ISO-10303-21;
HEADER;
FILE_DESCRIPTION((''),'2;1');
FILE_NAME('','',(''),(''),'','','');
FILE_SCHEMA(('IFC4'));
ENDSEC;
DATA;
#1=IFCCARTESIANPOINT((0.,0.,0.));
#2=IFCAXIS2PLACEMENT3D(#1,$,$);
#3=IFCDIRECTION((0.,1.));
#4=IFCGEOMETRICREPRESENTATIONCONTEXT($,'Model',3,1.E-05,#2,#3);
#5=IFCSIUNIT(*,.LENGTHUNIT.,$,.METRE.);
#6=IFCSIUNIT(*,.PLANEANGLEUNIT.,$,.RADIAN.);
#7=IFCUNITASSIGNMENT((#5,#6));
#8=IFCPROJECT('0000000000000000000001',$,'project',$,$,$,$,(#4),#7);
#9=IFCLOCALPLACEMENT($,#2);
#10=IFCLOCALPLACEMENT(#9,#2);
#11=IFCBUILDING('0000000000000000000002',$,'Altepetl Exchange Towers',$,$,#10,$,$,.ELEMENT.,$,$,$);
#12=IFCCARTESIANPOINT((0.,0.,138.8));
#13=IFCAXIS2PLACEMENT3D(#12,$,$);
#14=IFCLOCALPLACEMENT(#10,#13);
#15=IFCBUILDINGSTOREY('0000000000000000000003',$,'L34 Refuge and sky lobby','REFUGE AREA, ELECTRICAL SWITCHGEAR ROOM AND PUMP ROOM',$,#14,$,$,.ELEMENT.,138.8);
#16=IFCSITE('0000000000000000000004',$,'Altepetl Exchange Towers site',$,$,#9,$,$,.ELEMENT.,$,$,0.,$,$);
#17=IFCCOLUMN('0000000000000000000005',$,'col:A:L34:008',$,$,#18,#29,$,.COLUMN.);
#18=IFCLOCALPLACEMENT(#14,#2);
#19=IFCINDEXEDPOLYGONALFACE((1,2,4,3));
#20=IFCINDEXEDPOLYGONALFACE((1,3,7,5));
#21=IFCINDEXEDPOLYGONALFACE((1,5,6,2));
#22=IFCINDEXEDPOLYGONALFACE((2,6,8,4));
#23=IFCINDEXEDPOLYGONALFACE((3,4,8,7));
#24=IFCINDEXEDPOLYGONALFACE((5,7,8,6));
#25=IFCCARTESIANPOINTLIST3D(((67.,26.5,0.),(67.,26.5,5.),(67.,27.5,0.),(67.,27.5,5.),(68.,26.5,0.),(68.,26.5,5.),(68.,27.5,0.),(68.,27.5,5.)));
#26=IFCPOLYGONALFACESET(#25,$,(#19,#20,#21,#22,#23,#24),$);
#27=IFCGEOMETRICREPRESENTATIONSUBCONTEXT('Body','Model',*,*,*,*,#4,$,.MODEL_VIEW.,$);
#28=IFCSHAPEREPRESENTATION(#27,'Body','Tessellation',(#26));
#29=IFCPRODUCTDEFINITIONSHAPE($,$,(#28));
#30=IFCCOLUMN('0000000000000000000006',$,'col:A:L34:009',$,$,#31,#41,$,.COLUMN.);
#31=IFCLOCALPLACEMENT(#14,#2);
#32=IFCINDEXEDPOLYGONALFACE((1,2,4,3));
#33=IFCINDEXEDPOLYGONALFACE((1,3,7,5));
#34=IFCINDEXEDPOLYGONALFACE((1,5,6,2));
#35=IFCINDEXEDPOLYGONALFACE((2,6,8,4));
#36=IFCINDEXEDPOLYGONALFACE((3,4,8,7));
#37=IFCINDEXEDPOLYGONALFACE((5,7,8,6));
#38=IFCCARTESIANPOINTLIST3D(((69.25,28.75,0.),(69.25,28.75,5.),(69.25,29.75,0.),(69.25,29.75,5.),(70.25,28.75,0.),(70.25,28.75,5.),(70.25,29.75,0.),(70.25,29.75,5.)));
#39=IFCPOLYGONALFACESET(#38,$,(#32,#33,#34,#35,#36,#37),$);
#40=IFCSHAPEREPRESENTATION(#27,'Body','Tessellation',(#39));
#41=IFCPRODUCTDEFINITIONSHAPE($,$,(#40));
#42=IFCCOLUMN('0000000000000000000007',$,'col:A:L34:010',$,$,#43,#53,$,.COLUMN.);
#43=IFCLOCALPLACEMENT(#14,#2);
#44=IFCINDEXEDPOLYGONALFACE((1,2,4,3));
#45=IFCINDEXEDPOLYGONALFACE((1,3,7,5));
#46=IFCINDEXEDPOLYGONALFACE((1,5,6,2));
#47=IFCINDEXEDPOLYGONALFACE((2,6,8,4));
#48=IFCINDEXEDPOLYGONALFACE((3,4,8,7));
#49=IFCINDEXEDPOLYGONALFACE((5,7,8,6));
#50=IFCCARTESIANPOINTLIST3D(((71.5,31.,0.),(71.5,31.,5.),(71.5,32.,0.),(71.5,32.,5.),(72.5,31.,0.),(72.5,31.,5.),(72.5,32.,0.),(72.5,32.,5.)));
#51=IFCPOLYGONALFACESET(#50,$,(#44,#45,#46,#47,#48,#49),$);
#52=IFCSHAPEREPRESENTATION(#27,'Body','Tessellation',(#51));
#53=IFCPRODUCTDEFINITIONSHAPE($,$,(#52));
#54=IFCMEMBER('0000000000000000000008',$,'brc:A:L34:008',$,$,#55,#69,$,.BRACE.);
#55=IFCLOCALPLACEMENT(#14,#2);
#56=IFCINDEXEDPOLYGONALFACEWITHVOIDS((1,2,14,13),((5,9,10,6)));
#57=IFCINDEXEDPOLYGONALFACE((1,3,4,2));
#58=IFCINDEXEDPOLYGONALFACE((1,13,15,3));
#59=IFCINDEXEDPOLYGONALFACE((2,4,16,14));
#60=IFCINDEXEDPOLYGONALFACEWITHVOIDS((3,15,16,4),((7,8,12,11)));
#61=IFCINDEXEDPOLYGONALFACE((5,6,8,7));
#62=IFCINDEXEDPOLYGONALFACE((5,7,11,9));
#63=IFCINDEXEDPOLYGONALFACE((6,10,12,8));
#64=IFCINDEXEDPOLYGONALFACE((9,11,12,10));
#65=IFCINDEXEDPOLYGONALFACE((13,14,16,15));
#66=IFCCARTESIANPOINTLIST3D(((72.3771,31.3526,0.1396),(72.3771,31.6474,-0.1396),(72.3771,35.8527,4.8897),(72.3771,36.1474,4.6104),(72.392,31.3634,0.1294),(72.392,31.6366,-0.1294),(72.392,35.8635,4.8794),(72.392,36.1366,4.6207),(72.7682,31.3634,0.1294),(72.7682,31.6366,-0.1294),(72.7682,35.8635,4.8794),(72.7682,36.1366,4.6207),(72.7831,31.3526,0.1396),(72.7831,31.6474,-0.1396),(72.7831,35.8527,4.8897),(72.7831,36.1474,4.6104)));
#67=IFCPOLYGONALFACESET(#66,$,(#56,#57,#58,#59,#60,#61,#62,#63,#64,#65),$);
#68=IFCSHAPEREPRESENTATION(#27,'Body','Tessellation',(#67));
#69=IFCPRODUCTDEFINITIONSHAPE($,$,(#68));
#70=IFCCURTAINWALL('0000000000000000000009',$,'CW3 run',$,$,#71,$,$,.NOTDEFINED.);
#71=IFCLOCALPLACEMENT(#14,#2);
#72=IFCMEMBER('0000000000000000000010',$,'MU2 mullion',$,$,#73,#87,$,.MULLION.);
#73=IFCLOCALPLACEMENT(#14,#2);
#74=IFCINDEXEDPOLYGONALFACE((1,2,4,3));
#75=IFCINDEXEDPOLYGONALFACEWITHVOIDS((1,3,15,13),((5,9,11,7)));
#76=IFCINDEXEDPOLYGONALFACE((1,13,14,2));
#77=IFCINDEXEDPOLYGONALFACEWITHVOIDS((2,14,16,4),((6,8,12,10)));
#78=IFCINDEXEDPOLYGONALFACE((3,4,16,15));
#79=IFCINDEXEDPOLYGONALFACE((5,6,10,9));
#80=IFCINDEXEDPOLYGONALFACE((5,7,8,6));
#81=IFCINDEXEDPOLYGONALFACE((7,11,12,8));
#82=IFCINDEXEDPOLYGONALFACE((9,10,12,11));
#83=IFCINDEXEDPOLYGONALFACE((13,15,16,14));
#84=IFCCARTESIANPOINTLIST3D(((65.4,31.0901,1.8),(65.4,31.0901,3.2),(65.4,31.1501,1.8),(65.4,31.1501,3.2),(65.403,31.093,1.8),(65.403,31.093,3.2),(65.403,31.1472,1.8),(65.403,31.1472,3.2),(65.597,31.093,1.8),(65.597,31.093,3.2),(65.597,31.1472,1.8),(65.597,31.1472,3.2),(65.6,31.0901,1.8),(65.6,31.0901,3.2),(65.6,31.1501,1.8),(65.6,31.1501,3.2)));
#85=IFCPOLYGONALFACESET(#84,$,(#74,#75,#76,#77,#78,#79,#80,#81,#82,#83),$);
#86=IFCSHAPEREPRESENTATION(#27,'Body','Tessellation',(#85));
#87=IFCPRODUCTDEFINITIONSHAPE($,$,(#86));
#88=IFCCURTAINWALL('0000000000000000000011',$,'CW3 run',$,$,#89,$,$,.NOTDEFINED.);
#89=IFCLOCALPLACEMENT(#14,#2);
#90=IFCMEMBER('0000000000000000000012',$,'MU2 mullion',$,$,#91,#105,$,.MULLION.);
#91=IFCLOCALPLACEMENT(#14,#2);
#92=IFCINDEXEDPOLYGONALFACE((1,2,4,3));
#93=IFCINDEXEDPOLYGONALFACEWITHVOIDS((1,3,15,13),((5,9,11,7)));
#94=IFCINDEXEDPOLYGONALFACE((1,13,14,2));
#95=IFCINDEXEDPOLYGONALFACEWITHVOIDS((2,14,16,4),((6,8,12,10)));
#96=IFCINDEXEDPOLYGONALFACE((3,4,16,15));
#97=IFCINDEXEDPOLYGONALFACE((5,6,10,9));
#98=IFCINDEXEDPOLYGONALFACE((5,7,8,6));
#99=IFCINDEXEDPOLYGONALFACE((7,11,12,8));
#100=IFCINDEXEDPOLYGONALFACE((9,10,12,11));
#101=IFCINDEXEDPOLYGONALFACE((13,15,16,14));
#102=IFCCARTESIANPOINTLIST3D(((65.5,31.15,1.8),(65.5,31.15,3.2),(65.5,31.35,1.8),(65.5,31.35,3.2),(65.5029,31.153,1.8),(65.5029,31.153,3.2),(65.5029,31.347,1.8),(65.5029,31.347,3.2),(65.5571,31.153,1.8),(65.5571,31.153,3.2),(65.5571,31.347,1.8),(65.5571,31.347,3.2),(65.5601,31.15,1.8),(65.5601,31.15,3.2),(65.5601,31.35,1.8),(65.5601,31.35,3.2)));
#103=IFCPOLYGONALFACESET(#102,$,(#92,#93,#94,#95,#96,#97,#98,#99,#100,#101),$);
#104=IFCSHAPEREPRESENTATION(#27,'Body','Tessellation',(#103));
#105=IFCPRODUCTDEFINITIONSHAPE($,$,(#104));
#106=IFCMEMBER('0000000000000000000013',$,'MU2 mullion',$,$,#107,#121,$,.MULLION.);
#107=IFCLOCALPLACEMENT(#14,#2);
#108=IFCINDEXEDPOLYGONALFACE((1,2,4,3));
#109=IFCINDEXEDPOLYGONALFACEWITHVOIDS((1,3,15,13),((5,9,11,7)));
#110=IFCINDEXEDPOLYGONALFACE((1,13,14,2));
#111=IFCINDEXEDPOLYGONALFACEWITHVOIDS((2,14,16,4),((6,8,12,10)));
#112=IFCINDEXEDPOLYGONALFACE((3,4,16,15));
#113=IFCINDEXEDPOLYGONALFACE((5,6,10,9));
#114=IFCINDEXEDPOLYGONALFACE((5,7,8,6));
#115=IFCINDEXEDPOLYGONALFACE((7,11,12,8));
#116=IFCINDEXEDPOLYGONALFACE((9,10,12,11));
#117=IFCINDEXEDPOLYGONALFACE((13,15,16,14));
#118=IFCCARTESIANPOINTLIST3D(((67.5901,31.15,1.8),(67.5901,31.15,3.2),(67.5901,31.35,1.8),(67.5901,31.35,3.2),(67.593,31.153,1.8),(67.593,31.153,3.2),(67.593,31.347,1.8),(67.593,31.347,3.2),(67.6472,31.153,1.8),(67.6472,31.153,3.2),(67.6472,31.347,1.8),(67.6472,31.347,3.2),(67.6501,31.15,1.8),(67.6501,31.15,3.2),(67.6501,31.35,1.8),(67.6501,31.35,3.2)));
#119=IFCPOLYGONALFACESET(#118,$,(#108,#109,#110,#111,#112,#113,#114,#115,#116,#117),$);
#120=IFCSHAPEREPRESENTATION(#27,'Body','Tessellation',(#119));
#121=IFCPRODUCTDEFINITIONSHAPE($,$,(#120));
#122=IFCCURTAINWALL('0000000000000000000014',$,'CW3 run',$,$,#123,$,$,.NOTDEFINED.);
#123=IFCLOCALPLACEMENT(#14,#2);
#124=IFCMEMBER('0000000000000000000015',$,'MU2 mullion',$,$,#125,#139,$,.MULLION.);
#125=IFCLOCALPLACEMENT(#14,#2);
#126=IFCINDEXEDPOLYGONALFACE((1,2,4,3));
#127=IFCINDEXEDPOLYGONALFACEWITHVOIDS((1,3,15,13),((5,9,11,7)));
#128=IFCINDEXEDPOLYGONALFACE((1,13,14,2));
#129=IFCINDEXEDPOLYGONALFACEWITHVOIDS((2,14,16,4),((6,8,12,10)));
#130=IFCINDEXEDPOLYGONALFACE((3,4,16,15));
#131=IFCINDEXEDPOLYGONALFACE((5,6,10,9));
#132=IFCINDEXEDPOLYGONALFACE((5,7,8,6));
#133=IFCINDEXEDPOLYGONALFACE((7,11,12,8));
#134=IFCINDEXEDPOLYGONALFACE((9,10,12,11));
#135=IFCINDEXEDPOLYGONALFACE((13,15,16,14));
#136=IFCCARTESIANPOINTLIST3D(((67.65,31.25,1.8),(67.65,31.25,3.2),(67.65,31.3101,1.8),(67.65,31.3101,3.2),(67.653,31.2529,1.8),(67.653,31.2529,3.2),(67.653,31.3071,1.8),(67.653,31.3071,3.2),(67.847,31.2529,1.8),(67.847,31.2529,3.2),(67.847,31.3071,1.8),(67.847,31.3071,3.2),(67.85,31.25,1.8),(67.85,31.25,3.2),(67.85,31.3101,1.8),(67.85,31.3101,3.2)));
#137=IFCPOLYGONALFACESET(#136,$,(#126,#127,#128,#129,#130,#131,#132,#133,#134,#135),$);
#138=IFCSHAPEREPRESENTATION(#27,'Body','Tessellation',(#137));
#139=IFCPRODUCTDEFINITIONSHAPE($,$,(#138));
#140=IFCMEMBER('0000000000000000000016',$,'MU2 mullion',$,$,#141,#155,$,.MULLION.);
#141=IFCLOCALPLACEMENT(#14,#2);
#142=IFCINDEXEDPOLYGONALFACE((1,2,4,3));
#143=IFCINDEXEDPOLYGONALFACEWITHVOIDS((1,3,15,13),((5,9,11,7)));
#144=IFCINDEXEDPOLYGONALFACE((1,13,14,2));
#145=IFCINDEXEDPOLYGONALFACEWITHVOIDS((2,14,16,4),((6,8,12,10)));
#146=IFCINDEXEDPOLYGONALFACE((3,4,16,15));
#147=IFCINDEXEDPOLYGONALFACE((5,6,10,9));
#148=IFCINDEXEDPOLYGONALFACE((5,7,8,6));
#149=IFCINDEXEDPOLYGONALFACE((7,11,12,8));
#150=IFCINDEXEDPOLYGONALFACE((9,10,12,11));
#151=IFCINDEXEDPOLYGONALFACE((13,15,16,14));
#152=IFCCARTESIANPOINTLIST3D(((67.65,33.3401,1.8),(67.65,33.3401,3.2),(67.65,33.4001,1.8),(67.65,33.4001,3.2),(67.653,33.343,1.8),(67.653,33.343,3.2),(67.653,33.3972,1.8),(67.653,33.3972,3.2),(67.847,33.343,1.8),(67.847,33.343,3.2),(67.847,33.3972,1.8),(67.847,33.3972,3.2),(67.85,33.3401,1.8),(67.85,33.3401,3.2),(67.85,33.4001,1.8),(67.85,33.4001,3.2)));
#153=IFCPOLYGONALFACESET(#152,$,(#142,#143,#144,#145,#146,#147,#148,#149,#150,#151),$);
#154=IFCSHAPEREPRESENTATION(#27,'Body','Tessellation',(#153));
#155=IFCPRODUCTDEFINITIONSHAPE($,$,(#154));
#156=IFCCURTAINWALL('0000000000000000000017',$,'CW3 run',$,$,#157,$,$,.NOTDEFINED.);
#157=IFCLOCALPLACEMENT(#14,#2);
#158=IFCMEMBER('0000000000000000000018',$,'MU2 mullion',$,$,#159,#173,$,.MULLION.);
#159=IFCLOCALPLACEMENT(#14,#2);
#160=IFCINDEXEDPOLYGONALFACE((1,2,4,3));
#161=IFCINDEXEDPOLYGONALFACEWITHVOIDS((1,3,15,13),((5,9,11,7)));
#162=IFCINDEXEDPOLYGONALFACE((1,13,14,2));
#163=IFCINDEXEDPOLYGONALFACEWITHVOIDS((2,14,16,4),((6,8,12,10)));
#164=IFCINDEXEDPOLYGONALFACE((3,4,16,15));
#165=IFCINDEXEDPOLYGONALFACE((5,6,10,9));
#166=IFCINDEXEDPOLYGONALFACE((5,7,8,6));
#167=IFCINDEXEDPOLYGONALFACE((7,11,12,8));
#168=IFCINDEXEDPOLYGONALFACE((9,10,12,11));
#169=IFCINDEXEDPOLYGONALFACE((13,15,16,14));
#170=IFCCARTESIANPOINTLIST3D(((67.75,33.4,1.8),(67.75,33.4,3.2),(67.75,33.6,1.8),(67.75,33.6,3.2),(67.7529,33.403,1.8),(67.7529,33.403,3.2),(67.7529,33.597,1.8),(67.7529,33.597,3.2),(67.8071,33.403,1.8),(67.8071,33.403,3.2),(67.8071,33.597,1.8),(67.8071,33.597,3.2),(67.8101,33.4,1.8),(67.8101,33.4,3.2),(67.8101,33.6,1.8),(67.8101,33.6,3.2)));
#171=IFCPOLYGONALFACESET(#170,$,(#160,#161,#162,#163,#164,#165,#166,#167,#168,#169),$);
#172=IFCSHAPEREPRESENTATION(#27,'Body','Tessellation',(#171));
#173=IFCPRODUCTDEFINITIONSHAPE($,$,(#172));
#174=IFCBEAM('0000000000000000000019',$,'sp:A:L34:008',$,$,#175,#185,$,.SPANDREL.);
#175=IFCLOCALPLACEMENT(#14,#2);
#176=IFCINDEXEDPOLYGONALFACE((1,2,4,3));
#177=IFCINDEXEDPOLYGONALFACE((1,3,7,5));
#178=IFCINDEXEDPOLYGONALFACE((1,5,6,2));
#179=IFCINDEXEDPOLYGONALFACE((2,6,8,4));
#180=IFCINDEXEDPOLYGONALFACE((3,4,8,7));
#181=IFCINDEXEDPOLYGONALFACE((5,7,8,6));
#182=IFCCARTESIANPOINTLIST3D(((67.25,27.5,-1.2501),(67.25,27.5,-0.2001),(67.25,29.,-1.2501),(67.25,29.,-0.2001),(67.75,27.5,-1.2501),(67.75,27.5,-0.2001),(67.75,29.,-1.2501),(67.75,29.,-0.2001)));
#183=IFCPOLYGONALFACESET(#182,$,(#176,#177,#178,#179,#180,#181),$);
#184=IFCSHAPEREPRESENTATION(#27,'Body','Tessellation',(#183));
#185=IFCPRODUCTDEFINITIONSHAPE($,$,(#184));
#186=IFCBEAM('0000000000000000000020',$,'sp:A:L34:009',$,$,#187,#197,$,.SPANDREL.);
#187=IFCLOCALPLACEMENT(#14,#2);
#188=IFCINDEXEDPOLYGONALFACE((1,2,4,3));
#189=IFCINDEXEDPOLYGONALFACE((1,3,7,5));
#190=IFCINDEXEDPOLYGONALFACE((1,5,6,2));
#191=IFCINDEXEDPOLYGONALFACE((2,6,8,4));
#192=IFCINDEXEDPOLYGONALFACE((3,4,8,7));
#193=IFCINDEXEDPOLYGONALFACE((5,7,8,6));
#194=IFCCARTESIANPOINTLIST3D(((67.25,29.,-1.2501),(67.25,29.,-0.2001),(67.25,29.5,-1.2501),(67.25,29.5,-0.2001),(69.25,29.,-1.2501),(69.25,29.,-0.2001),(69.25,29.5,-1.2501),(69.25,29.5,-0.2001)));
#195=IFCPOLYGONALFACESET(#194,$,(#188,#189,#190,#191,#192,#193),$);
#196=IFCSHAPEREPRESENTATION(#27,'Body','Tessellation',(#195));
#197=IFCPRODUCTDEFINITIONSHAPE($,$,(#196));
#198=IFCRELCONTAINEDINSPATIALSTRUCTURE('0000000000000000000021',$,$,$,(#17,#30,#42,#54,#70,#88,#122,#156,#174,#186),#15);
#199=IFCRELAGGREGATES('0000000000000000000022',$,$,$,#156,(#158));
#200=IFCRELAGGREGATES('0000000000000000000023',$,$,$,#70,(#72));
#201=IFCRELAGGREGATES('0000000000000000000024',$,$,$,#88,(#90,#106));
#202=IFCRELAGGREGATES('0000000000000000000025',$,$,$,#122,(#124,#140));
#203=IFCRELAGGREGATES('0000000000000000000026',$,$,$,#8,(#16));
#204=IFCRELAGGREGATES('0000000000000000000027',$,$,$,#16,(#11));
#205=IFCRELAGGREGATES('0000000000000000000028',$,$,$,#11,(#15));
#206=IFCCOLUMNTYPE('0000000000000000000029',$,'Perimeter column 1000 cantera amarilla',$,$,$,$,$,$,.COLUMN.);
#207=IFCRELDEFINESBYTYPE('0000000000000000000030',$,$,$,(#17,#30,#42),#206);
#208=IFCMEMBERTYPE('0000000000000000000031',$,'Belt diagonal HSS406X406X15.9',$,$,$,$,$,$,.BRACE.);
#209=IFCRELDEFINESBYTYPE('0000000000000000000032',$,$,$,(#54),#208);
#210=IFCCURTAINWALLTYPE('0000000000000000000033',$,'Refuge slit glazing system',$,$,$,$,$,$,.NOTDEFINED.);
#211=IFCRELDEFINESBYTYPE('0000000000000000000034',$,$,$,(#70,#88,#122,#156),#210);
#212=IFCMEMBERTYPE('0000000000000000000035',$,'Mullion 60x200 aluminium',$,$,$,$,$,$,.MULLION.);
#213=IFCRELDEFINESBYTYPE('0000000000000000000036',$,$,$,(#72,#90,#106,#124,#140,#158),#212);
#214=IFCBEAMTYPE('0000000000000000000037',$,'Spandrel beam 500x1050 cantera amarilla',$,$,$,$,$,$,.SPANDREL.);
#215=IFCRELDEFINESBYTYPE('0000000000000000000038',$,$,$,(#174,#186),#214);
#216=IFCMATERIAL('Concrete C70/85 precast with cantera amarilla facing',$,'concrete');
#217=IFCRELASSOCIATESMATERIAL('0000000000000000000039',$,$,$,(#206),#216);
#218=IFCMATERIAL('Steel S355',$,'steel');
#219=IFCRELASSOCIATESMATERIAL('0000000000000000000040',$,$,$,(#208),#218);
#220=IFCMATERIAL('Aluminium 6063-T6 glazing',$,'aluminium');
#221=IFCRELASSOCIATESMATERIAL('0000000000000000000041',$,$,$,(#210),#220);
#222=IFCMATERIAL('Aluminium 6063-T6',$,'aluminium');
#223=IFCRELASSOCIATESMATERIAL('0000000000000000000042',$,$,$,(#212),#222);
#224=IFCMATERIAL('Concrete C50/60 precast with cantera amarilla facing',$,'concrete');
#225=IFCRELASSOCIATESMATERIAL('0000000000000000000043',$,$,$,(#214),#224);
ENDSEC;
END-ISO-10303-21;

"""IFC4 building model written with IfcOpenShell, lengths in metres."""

from ifc_helpers import new_model, si_unit, direction, frame, origin, origin_2d, place, context, subcontext, project, spatial, rectangle, hollow_rectangle, extrude, material, material_profile, profile_set, type_object, element, aggregate, save


model = new_model("IFC4")

# Units and contexts
model_context = context("Model", 3, precision=1e-05, world=origin(), true_north=direction((0.0, 1.0)))
body_context = subcontext(model_context, "Body", "Model", "MODEL_VIEW")
ifc_project = project(units=[si_unit("LENGTHUNIT", "METRE"), si_unit("PLANEANGLEUNIT", "RADIAN")], contexts=[model_context])

# Site, building, storey
site_placement = place(None, origin())
site = spatial("IfcSite", under=ifc_project, at=site_placement, Name="Altepetl Exchange Towers site", CompositionType="ELEMENT", RefElevation=0.0)
building_placement = place(site_placement, origin())
building = spatial("IfcBuilding", under=site, at=building_placement, Name="Altepetl Exchange Towers", CompositionType="ELEMENT")
storey_placement = place(building_placement, frame((0.0, 0.0, 138.8)))
storey = spatial("IfcBuildingStorey", under=building, at=storey_placement, Name="L34 Refuge and sky lobby", Description="REFUGE AREA, ELECTRICAL SWITCHGEAR ROOM AND PUMP ROOM", CompositionType="ELEMENT", Elevation=138.8)

# Columns
ifc_material_1 = material(Name="Concrete C70/85 precast with cantera amarilla facing", Category="concrete")
ifc_material_profile_1 = material_profile(ifc_material_1, rectangle(XDim=1.0, YDim=1.0, at=origin_2d()), Name="1000 x 1000")
ifc_profile_set_1 = profile_set([ifc_material_profile_1], Name="Concrete C70/85 precast with cantera amarilla facing")
column_type = type_object("IfcColumnType", Name="Perimeter column 1000 cantera amarilla", PredefinedType="COLUMN", material=ifc_profile_set_1)
for number, where, name in (
    (1, (67.5, 27.0, 0.0), "col:A:L34:008"),
    (2, (69.75, 29.25, 0.0), "col:A:L34:009"),
    (3, (72.0, 31.5, 0.0), "col:A:L34:010"),
):
    element("IfcColumn", number, at=place(storey_placement, frame(where)), inside=storey, type_object=column_type, Name=name, PredefinedType="COLUMN", context=body_context, shape_type="SweptSolid", body=[
        extrude(rectangle(XDim=1.0, YDim=1.0, at=origin_2d()), origin(), (0.0, 0.0, 1.0), 5.0),
    ])

# Member
ifc_material_2 = material(Name="Steel S355", Category="steel")
ifc_material_profile_2 = material_profile(ifc_material_2, hollow_rectangle(XDim=0.406, YDim=0.406, WallThickness=0.0149, at=origin_2d()), Name="HSS406X406X15.9")
ifc_profile_set_2 = profile_set([ifc_material_profile_2], Name="Steel S355")
member_type_1 = type_object("IfcMemberType", Name="Belt diagonal HSS406X406X15.9", PredefinedType="BRACE", material=ifc_profile_set_2)
member_1_placement = place(storey_placement, frame((72.5801, 31.5, 0.0), z_axis=(0.0, 0.687745, 0.725953), x_axis=(-1.0, 0.0, 0.0)))
element("IfcMember", 4, at=member_1_placement, inside=storey, type_object=member_type_1, Name="brc:A:L34:008", PredefinedType="BRACE", context=body_context, shape_type="SweptSolid", body=[
    extrude(hollow_rectangle(XDim=0.406, YDim=0.406, WallThickness=0.0149, at=origin_2d()), origin(), (0.0, 0.0, 1.0), 6.5432),
])

# Curtain wall, member
ifc_material_3 = material(Name="Aluminium 6063-T6 glazing", Category="aluminium")
curtain_wall_type = type_object("IfcCurtainWallType", Name="Refuge slit glazing system", PredefinedType="NOTDEFINED", material=ifc_material_3)
curtain_wall_1_placement = place(storey_placement, origin())
curtain_wall_1 = element("IfcCurtainWall", 5, at=curtain_wall_1_placement, inside=storey, type_object=curtain_wall_type, Name="CW3 run", PredefinedType="NOTDEFINED")
ifc_material_4 = material(Name="Aluminium 6063-T6", Category="aluminium")
ifc_material_profile_3 = material_profile(ifc_material_4, hollow_rectangle(XDim=0.0601, YDim=0.2, WallThickness=0.0029, at=origin_2d()), Name="Mullion 60x200 aluminium")
ifc_profile_set_3 = profile_set([ifc_material_profile_3], Name="Aluminium 6063-T6")
member_type_2 = type_object("IfcMemberType", Name="Mullion 60x200 aluminium", PredefinedType="MULLION", material=ifc_profile_set_3)
member_2_placement = place(storey_placement, frame((65.5, 31.1201, 1.8), z_axis=(0.0, 0.0, 1.0), x_axis=(0.0, 1.0, 0.0)))
member_2 = element("IfcMember", 6, at=member_2_placement, type_object=member_type_2, Name="MU2 mullion", PredefinedType="MULLION", context=body_context, shape_type="SweptSolid", body=[
    extrude(hollow_rectangle(XDim=0.0601, YDim=0.2, WallThickness=0.0029, at=origin_2d()), origin(), (0.0, 0.0, 1.0), 1.3999),
])

# Curtain walls, members
curtain_wall_2_placement = place(storey_placement, origin())
curtain_wall_2 = element("IfcCurtainWall", 7, at=curtain_wall_2_placement, inside=storey, type_object=curtain_wall_type, Name="CW3 run", PredefinedType="NOTDEFINED")
member_3_placement = place(storey_placement, frame((65.53, 31.25, 1.8)))
member_3 = element("IfcMember", 8, at=member_3_placement, type_object=member_type_2, Name="MU2 mullion", PredefinedType="MULLION", context=body_context, shape_type="SweptSolid", body=[
    extrude(hollow_rectangle(XDim=0.0601, YDim=0.2, WallThickness=0.0029, at=origin_2d()), origin(), (0.0, 0.0, 1.0), 1.3999),
])
member_4_placement = place(storey_placement, frame((67.6201, 31.25, 1.8)))
member_4 = element("IfcMember", 9, at=member_4_placement, type_object=member_type_2, Name="MU2 mullion", PredefinedType="MULLION", context=body_context, shape_type="SweptSolid", body=[
    extrude(hollow_rectangle(XDim=0.0601, YDim=0.2, WallThickness=0.0029, at=origin_2d()), origin(), (0.0, 0.0, 1.0), 1.3999),
])
curtain_wall_3_placement = place(storey_placement, origin())
curtain_wall_3 = element("IfcCurtainWall", 10, at=curtain_wall_3_placement, inside=storey, type_object=curtain_wall_type, Name="CW3 run", PredefinedType="NOTDEFINED")
member_5_placement = place(storey_placement, frame((67.75, 31.28, 1.8), z_axis=(0.0, 0.0, 1.0), x_axis=(0.0, 1.0, 0.0)))
member_5 = element("IfcMember", 11, at=member_5_placement, type_object=member_type_2, Name="MU2 mullion", PredefinedType="MULLION", context=body_context, shape_type="SweptSolid", body=[
    extrude(hollow_rectangle(XDim=0.0601, YDim=0.2, WallThickness=0.0029, at=origin_2d()), origin(), (0.0, 0.0, 1.0), 1.3999),
])
member_6_placement = place(storey_placement, frame((67.75, 33.3701, 1.8), z_axis=(0.0, 0.0, 1.0), x_axis=(0.0, 1.0, 0.0)))
member_6 = element("IfcMember", 12, at=member_6_placement, type_object=member_type_2, Name="MU2 mullion", PredefinedType="MULLION", context=body_context, shape_type="SweptSolid", body=[
    extrude(hollow_rectangle(XDim=0.0601, YDim=0.2, WallThickness=0.0029, at=origin_2d()), origin(), (0.0, 0.0, 1.0), 1.3999),
])

# Curtain wall, member
curtain_wall_4_placement = place(storey_placement, origin())
curtain_wall_4 = element("IfcCurtainWall", 13, at=curtain_wall_4_placement, inside=storey, type_object=curtain_wall_type, Name="CW3 run", PredefinedType="NOTDEFINED")
member_7_placement = place(storey_placement, frame((67.78, 33.5, 1.8)))
member_7 = element("IfcMember", 14, at=member_7_placement, type_object=member_type_2, Name="MU2 mullion", PredefinedType="MULLION", context=body_context, shape_type="SweptSolid", body=[
    extrude(hollow_rectangle(XDim=0.0601, YDim=0.2, WallThickness=0.0029, at=origin_2d()), origin(), (0.0, 0.0, 1.0), 1.3999),
])
aggregate(curtain_wall_4, [member_7])

# Beams
ifc_material_5 = material(Name="Concrete C50/60 precast with cantera amarilla facing", Category="concrete")
ifc_material_profile_4 = material_profile(ifc_material_5, rectangle(XDim=0.5, YDim=1.05, at=origin_2d()), Name="500 x 1050")
ifc_profile_set_4 = profile_set([ifc_material_profile_4], Name="Concrete C50/60 precast with cantera amarilla facing")
beam_type = type_object("IfcBeamType", Name="Spandrel beam 500x1050 cantera amarilla", PredefinedType="SPANDREL", material=ifc_profile_set_4)
beam_1_placement = place(storey_placement, frame((67.5, 27.5, -0.7251), z_axis=(0.0, 1.0, 0.0), x_axis=(-1.0, 0.0, 0.0)))
element("IfcBeam", 15, at=beam_1_placement, inside=storey, type_object=beam_type, Name="sp:A:L34:008", PredefinedType="SPANDREL", context=body_context, shape_type="SweptSolid", body=[
    extrude(rectangle(XDim=0.5, YDim=1.05, at=origin_2d()), origin(), (0.0, 0.0, 1.0), 1.5),
])
beam_2_placement = place(storey_placement, frame((67.25, 29.25, -0.7251), z_axis=(1.0, 0.0, 0.0), x_axis=(0.0, 1.0, 0.0)))
element("IfcBeam", 16, at=beam_2_placement, inside=storey, type_object=beam_type, Name="sp:A:L34:009", PredefinedType="SPANDREL", context=body_context, shape_type="SweptSolid", body=[
    extrude(rectangle(XDim=0.5, YDim=1.05, at=origin_2d()), origin(), (0.0, 0.0, 1.0), 2.0),
])

aggregate(curtain_wall_1, [member_2])
aggregate(curtain_wall_2, [member_3, member_4])
aggregate(curtain_wall_3, [member_5, member_6])

save(model, "model.ifc")
